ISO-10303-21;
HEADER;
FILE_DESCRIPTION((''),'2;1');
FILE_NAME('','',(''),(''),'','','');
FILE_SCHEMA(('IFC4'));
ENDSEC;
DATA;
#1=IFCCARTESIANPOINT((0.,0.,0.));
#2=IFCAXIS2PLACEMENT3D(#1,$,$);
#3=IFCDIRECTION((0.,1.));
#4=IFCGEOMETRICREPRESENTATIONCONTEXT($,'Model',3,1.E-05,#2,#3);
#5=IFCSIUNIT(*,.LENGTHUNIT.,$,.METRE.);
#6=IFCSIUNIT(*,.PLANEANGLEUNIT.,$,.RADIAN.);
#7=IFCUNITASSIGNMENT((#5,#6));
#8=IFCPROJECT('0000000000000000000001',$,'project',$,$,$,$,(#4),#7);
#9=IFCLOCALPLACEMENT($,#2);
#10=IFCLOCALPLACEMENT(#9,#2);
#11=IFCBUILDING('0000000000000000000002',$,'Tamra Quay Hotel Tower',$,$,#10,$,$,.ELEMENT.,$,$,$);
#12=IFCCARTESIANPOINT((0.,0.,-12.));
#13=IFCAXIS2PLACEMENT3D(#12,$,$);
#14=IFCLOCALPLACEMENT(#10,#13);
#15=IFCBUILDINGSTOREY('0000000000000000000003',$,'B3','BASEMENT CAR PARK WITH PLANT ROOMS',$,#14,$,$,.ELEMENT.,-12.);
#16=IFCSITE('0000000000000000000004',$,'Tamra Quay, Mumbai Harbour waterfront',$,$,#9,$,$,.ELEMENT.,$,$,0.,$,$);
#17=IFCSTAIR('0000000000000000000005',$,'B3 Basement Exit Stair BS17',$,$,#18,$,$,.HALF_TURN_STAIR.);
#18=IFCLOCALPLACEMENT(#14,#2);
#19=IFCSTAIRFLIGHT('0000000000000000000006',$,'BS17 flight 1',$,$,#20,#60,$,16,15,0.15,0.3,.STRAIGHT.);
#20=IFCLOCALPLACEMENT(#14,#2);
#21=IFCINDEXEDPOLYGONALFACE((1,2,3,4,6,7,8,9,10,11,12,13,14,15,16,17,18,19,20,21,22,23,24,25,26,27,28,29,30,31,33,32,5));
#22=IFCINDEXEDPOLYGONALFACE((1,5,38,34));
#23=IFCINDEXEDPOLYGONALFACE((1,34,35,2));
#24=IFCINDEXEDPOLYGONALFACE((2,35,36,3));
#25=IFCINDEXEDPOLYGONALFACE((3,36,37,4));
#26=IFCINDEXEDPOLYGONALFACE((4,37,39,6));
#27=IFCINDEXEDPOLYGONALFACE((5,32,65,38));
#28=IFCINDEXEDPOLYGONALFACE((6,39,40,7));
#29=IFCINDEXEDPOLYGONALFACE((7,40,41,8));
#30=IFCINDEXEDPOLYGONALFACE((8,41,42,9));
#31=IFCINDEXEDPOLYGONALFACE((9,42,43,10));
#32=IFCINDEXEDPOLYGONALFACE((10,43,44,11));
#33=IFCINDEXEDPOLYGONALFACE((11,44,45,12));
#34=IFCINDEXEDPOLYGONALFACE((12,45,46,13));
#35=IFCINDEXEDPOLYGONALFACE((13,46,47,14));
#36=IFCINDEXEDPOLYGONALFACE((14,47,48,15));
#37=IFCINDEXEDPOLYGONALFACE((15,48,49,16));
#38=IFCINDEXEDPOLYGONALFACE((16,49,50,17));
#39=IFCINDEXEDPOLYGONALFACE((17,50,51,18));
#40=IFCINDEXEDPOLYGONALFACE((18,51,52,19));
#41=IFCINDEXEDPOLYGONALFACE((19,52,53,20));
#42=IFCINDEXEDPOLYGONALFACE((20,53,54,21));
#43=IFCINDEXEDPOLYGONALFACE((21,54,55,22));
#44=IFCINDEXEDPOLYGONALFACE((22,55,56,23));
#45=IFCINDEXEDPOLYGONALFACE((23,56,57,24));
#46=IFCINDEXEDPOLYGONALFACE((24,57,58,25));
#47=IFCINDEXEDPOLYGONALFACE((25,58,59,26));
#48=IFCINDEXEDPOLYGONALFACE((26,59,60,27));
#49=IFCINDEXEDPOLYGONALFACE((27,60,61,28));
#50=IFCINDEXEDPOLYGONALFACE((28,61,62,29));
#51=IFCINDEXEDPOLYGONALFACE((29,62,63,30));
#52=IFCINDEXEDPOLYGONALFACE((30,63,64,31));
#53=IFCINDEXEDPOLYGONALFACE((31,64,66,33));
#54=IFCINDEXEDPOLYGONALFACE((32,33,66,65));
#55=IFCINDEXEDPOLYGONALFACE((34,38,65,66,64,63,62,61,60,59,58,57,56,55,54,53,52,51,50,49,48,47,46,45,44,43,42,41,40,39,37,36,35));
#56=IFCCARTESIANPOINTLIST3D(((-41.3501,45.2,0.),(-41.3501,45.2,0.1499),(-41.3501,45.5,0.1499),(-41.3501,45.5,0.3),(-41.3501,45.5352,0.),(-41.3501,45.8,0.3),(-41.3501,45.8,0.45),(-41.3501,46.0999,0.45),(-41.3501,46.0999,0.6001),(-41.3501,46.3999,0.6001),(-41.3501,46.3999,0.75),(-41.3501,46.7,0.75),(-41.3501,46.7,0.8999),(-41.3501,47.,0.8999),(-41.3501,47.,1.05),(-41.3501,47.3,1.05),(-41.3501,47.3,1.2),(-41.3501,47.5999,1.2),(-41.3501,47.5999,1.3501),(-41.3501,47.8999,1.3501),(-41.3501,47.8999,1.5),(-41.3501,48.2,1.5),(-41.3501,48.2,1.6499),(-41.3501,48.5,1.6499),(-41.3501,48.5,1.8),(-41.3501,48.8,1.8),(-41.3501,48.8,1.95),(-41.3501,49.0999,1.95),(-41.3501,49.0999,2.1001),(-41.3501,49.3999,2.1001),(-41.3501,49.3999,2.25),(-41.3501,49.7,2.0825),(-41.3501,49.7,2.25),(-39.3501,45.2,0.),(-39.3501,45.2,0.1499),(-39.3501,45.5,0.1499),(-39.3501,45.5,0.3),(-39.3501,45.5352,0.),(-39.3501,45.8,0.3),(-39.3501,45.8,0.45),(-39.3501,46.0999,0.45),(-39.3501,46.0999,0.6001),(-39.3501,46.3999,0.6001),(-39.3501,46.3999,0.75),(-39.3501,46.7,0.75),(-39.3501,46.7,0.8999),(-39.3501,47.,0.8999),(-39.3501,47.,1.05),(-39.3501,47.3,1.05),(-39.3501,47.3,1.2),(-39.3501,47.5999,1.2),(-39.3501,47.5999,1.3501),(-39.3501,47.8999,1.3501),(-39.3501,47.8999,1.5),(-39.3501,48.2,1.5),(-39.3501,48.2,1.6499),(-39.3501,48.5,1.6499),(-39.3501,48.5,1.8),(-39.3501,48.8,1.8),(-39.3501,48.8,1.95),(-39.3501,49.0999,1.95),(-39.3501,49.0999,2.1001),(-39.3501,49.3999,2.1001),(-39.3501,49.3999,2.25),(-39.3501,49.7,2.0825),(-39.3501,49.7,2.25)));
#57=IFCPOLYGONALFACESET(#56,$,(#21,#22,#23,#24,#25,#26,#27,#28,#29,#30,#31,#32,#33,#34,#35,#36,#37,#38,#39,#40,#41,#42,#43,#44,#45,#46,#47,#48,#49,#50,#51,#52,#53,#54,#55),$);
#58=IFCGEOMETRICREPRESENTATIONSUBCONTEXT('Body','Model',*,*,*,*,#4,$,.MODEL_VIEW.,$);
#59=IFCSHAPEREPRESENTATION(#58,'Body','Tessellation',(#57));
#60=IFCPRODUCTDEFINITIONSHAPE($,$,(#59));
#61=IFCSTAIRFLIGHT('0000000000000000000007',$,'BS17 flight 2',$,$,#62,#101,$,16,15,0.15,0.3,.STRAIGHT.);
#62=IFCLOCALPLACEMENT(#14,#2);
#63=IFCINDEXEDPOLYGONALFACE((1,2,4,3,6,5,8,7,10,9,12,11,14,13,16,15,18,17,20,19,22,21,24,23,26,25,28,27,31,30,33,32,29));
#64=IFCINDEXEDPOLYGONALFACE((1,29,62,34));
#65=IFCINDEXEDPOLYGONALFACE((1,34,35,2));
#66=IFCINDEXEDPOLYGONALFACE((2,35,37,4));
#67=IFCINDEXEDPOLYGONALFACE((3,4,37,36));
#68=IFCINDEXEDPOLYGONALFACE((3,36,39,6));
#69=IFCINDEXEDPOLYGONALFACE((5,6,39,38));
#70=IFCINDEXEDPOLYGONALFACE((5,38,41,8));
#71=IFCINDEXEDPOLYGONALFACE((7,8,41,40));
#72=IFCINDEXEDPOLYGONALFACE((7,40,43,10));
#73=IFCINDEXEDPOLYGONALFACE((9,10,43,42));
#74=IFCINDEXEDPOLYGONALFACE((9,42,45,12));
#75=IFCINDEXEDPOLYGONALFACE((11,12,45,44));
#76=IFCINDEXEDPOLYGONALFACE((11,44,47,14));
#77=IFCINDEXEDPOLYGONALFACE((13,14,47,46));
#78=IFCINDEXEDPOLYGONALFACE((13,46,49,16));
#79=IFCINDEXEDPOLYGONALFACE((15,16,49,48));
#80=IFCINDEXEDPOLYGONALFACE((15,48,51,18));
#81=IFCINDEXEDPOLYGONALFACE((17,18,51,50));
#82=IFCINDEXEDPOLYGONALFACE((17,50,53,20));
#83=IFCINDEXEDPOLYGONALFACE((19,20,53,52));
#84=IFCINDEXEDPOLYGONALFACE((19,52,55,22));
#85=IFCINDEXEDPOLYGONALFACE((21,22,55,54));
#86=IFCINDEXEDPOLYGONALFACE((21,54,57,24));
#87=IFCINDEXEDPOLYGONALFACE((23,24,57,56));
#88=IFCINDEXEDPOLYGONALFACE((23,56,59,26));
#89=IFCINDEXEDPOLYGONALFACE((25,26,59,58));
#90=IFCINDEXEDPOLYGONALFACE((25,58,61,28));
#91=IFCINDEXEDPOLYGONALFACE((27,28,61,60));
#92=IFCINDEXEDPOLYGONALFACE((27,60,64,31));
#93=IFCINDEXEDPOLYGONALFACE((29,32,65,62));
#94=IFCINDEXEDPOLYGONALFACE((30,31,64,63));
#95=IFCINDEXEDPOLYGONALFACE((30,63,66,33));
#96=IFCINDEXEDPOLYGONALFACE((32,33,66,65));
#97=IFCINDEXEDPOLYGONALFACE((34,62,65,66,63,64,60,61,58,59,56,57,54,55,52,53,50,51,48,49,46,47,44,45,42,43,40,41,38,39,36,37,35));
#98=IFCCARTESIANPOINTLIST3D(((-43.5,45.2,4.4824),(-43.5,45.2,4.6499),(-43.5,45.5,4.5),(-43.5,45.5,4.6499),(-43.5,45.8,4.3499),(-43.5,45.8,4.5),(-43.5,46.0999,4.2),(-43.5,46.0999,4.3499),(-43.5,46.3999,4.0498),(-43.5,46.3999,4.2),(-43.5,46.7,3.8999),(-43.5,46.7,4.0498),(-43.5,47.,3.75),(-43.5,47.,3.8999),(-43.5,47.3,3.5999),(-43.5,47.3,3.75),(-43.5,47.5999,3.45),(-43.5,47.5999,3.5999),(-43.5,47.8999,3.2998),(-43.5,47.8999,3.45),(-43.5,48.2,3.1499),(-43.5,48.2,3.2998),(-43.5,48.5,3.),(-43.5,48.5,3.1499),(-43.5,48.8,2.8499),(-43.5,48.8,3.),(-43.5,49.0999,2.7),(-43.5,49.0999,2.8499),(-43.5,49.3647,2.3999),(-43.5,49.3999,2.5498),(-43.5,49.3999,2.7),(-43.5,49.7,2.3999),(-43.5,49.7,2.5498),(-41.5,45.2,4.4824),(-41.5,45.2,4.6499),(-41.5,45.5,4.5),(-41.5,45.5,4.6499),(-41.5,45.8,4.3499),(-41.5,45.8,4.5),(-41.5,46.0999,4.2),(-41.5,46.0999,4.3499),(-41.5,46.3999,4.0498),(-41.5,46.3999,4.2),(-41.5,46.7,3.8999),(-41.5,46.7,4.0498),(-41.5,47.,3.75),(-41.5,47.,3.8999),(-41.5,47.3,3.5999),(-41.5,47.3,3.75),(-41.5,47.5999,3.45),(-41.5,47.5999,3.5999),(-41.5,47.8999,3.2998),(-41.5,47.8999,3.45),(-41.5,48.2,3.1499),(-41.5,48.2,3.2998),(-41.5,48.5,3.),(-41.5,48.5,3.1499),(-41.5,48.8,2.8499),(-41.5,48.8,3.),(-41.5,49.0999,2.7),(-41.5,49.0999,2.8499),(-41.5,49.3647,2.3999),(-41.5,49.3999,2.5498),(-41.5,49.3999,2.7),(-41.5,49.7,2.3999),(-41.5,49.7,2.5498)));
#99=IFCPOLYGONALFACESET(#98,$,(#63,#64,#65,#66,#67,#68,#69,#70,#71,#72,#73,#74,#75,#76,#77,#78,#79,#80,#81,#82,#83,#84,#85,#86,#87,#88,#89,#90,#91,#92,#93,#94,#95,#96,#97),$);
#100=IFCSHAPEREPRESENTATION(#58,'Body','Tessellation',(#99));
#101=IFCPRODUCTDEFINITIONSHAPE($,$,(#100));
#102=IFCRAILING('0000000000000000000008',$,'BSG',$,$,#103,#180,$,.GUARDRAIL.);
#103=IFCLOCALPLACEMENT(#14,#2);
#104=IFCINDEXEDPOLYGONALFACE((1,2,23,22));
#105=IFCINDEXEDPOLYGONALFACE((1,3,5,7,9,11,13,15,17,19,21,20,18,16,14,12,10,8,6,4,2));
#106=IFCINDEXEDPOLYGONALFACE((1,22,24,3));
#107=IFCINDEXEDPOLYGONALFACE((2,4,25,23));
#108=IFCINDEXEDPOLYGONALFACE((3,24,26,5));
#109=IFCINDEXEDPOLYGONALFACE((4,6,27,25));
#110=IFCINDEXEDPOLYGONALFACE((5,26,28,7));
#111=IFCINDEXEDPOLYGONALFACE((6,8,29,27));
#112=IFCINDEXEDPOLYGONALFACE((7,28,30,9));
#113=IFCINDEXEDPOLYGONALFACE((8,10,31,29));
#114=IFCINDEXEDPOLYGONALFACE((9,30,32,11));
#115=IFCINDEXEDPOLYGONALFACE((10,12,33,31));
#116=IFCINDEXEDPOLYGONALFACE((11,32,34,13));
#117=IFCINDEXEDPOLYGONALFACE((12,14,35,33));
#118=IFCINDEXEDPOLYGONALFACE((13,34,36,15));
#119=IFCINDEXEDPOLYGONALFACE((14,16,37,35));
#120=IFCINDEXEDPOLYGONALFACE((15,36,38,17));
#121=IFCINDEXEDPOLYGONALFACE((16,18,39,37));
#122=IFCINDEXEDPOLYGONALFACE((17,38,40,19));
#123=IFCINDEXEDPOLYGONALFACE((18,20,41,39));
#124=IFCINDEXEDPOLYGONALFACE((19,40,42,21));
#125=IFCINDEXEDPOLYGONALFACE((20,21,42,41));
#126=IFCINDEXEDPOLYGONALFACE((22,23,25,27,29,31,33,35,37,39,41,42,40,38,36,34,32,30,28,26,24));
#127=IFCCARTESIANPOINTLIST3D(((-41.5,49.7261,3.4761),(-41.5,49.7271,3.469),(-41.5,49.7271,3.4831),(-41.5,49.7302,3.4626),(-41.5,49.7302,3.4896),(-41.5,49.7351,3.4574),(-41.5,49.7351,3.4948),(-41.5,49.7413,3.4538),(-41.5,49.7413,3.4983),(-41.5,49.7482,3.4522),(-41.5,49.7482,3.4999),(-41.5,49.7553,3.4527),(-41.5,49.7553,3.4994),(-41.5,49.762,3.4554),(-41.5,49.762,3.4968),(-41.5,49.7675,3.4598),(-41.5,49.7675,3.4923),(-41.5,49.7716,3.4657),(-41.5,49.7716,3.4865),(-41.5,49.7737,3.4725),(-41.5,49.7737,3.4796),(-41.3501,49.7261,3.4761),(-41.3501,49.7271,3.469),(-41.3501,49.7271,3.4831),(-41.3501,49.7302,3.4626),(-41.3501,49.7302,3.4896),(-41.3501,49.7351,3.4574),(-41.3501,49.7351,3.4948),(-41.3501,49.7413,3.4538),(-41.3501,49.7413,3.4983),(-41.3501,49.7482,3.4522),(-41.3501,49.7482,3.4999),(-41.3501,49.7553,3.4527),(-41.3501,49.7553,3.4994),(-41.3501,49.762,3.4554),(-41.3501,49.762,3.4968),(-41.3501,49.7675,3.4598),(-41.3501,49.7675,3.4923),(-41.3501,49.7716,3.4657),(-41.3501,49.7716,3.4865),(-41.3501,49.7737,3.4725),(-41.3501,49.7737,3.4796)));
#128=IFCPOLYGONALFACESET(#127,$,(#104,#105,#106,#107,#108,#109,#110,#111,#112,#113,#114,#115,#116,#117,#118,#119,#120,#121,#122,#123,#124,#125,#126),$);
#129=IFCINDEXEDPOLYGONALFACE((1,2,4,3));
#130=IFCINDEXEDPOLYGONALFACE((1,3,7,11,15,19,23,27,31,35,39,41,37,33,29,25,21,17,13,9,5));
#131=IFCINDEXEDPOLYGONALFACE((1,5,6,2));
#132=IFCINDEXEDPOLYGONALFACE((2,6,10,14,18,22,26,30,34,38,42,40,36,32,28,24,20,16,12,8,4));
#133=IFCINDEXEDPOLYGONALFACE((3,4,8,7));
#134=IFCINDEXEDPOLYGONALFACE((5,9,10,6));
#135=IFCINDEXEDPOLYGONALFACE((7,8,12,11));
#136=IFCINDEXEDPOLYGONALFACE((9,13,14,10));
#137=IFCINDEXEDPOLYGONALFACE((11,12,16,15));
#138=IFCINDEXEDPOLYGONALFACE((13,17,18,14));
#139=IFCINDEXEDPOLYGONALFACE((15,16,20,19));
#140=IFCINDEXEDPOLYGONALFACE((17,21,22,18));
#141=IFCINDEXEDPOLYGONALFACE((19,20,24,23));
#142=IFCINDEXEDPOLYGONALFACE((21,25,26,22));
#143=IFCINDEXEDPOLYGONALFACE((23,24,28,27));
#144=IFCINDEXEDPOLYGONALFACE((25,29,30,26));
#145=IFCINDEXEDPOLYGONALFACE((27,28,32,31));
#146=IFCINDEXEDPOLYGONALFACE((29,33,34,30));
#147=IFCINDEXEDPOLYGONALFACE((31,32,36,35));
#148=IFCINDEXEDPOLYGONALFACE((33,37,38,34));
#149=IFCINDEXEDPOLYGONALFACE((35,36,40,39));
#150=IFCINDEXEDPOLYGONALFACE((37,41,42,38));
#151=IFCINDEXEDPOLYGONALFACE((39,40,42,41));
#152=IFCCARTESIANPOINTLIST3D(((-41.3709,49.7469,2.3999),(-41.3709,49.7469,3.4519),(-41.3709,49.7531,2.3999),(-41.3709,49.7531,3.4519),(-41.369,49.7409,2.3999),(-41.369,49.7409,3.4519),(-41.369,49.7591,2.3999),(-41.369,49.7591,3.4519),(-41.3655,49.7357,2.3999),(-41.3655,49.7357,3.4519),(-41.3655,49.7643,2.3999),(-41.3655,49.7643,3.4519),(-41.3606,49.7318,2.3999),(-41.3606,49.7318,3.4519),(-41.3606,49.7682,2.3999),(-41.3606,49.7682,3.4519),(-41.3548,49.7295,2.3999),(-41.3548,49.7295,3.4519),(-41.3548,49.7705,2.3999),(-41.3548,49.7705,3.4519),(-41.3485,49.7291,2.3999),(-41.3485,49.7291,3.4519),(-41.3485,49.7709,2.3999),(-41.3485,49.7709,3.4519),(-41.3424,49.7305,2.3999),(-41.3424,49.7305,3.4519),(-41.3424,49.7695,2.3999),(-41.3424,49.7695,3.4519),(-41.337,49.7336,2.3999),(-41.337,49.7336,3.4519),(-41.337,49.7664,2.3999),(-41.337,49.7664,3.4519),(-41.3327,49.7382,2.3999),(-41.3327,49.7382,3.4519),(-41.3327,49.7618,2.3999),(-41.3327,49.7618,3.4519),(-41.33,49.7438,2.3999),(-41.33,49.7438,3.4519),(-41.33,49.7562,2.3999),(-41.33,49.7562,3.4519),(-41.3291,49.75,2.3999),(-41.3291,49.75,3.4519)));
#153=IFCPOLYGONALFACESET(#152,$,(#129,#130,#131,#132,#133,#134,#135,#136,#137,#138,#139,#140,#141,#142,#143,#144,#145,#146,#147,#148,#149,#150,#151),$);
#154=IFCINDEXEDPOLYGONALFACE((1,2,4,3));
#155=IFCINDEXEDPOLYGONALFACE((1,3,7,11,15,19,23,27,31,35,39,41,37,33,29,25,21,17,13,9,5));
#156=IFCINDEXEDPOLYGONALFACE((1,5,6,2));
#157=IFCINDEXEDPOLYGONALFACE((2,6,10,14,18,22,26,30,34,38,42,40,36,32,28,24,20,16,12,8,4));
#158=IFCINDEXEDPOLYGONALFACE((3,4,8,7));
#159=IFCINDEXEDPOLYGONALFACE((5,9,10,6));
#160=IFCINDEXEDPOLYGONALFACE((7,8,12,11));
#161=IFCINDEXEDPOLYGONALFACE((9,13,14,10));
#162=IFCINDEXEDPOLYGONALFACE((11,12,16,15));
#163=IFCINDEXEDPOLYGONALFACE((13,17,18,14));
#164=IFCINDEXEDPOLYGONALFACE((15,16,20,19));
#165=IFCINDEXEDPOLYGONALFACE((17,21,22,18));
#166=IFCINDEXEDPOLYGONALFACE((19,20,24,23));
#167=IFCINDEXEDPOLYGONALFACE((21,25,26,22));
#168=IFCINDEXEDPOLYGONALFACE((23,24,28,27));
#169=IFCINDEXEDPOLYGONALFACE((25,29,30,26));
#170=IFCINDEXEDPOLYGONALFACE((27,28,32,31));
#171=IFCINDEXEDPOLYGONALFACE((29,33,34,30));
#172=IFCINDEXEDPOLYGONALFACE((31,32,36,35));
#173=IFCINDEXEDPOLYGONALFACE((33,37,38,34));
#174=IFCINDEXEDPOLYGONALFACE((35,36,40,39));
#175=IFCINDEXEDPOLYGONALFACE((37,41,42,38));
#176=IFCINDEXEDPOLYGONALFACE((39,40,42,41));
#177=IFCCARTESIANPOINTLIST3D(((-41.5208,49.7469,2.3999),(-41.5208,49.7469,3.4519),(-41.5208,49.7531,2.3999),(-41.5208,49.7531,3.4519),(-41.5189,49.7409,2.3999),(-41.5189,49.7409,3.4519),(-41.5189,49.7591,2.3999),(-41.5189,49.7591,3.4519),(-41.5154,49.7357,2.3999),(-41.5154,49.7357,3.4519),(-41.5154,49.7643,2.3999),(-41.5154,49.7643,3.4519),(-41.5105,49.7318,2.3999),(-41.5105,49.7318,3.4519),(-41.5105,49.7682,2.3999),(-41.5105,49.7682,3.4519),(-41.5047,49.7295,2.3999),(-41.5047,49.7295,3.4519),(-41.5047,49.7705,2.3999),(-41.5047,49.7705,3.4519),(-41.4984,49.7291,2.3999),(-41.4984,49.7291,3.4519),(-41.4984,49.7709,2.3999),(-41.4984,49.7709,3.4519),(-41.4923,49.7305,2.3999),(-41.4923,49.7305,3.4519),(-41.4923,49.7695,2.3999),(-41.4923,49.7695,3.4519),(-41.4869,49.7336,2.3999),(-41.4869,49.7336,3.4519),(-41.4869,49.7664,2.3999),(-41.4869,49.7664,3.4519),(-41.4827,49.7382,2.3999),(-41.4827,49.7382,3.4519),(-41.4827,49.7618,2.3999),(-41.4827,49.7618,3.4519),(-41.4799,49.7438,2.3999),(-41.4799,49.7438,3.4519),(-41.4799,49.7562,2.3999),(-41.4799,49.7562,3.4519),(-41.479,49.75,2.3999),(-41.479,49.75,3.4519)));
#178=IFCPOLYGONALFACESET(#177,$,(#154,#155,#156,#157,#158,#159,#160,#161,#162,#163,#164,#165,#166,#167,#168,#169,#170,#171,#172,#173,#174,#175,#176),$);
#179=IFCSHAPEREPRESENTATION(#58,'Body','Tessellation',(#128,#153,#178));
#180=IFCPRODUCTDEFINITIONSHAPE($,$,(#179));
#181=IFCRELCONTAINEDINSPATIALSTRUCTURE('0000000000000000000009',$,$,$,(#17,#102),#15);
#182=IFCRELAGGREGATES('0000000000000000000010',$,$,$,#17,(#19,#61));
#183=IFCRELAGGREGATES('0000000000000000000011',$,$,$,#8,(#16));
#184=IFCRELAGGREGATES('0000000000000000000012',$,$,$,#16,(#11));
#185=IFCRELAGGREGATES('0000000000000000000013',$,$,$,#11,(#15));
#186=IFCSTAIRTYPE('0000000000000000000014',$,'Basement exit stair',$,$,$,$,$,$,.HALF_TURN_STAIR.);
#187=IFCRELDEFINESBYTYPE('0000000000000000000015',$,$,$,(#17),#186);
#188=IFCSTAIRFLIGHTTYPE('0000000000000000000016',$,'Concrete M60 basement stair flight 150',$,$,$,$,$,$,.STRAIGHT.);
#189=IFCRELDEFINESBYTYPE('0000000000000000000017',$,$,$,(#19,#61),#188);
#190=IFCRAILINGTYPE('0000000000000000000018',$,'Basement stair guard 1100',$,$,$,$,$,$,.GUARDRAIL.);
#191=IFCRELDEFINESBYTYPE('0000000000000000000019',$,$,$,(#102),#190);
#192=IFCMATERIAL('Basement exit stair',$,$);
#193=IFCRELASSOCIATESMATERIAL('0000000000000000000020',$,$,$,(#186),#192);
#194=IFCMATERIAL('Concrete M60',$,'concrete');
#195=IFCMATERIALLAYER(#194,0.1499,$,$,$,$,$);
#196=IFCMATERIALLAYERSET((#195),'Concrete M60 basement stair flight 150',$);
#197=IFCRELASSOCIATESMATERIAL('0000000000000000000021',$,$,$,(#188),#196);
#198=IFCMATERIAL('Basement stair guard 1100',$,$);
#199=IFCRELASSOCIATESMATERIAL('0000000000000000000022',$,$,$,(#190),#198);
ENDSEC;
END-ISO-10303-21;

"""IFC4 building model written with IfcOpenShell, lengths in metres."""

from ifc_helpers import new_model, si_unit, direction, frame, origin, origin_2d, place, context, subcontext, project, spatial, polyline, circle, outline, extrude, material, layer, layer_set, type_object, element, aggregate, save


model = new_model("IFC4")

# Units and contexts
model_context = context("Model", 3, precision=1e-05, world=origin(), true_north=direction((0.0, 1.0)))
body_context = subcontext(model_context, "Body", "Model", "MODEL_VIEW")
ifc_project = project(units=[si_unit("LENGTHUNIT", "METRE"), si_unit("PLANEANGLEUNIT", "RADIAN")], contexts=[model_context])

# Site, building, storey
site_placement = place(None, origin())
site = spatial("IfcSite", under=ifc_project, at=site_placement, Name="Tamra Quay, Mumbai Harbour waterfront", CompositionType="ELEMENT", RefElevation=0.0)
building_placement = place(site_placement, origin())
building = spatial("IfcBuilding", under=site, at=building_placement, Name="Tamra Quay Hotel Tower", CompositionType="ELEMENT")
storey_placement = place(building_placement, frame((0.0, 0.0, -12.0)))
storey = spatial("IfcBuildingStorey", under=building, at=storey_placement, Name="B3", Description="BASEMENT CAR PARK WITH PLANT ROOMS", CompositionType="ELEMENT", Elevation=-12.0)

# Stair, stair flights
ifc_material_1 = material(Name="Basement exit stair")
stair_type = type_object("IfcStairType", Name="Basement exit stair", PredefinedType="HALF_TURN_STAIR", material=ifc_material_1)
stair_placement = place(storey_placement, origin())
stair = element("IfcStair", 1, at=stair_placement, inside=storey, type_object=stair_type, Name="B3 Basement Exit Stair BS17", PredefinedType="HALF_TURN_STAIR")
ifc_material_2 = material(Name="Concrete M60", Category="concrete")
ifc_layer_1 = layer(ifc_material_2, 0.1499)
ifc_layer_set_1 = layer_set([ifc_layer_1], Name="Concrete M60 basement stair flight 150")
stair_flight_type = type_object("IfcStairFlightType", Name="Concrete M60 basement stair flight 150", PredefinedType="STRAIGHT", material=ifc_layer_set_1)
stair_flight_1_placement = place(storey_placement, frame((-40.3501, 45.2, 0.0), z_axis=(0.0, 0.0, 1.0), x_axis=(0.0, 1.0, 0.0)))
stair_flight_1 = element("IfcStairFlight", 2, at=stair_flight_1_placement, type_object=stair_flight_type, Name="BS17 flight 1", NumberOfRisers=16, NumberOfTreads=15, PredefinedType="STRAIGHT", RiserHeight=0.15, TreadLength=0.3, context=body_context, shape_type="SweptSolid", body=[
    extrude(outline(polyline([(0.0, 0.0), (0.0, 0.1499), (0.3, 0.1499), (0.3, 0.3), (0.6001, 0.3), (0.6001, 0.45), (0.8999, 0.45), (0.8999, 0.6001), (1.2, 0.6001), (1.2, 0.75), (1.5, 0.75), (1.5, 0.8999), (1.8, 0.8999), (1.8, 1.05), (2.1001, 1.05), (2.1001, 1.2), (2.3999, 1.2), (2.3999, 1.3501), (2.7, 1.3501), (2.7, 1.5), (3.0, 1.5), (3.0, 1.6499), (3.3, 1.6499), (3.3, 1.8), (3.6001, 1.8), (3.6001, 1.95), (3.8999, 1.95), (3.8999, 2.1001), (4.2, 2.1001), (4.2, 2.25), (4.5, 2.25), (4.5, 2.3999), (4.5, 2.0825), (0.3352, 0.0), (0.0, 0.0)])), frame((0.0, 1.0, 0.0), z_axis=(0.0, -1.0, 0.0), x_axis=(1.0, 0.0, 0.0)), (0.0, 0.0, 1.0), 2.0),
])
stair_flight_2_placement = place(storey_placement, frame((-42.5, 49.7, 2.3999), z_axis=(0.0, 0.0, 1.0), x_axis=(0.0, -1.0, 0.0)))
stair_flight_2 = element("IfcStairFlight", 3, at=stair_flight_2_placement, type_object=stair_flight_type, Name="BS17 flight 2", NumberOfRisers=16, NumberOfTreads=15, PredefinedType="STRAIGHT", RiserHeight=0.15, TreadLength=0.3, context=body_context, shape_type="SweptSolid", body=[
    extrude(outline(polyline([(0.0, 0.0), (0.0, 0.1499), (0.3, 0.1499), (0.3, 0.3), (0.6001, 0.3), (0.6001, 0.45), (0.8999, 0.45), (0.8999, 0.6001), (1.2, 0.6001), (1.2, 0.75), (1.5, 0.75), (1.5, 0.8999), (1.8, 0.8999), (1.8, 1.05), (2.1001, 1.05), (2.1001, 1.2), (2.3999, 1.2), (2.3999, 1.3501), (2.7, 1.3501), (2.7, 1.5), (3.0, 1.5), (3.0, 1.6499), (3.3, 1.6499), (3.3, 1.8), (3.6001, 1.8), (3.6001, 1.95), (3.8999, 1.95), (3.8999, 2.1001), (4.2, 2.1001), (4.2, 2.25), (4.5, 2.25), (4.5, 2.3999), (4.5, 2.0825), (0.3352, 0.0), (0.0, 0.0)])), frame((0.0, 1.0, 0.0), z_axis=(0.0, -1.0, 0.0), x_axis=(1.0, 0.0, 0.0)), (0.0, 0.0, 1.0), 2.0),
])
aggregate(stair, [stair_flight_1, stair_flight_2])

# Railing
ifc_material_3 = material(Name="Basement stair guard 1100")
railing_type_1 = type_object("IfcRailingType", Name="Basement stair guard 1100", PredefinedType="GUARDRAIL", material=ifc_material_3)
railing_1_placement = place(storey_placement, frame((-41.3501, 49.75, 2.3999)))
element("IfcRailing", 4, at=railing_1_placement, inside=storey, type_object=railing_type_1, Name="BSG", PredefinedType="GUARDRAIL", context=body_context, shape_type="SweptSolid", body=[
    extrude(circle(Radius=0.0239, at=origin_2d()), frame((0.0, 0.0, 1.0762), z_axis=(-1.0, 0.0, 0.0), x_axis=(0.0, -1.0, 0.0)), (0.0, 0.0, 1.0), 0.1499),
    extrude(circle(Radius=0.021, at=origin_2d()), origin(), (0.0, 0.0, 1.0), 1.052),
    extrude(circle(Radius=0.021, at=origin_2d()), frame((-0.1499, 0.0, 0.0)), (0.0, 0.0, 1.0), 1.052),
])

save(model, "model.ifc")
